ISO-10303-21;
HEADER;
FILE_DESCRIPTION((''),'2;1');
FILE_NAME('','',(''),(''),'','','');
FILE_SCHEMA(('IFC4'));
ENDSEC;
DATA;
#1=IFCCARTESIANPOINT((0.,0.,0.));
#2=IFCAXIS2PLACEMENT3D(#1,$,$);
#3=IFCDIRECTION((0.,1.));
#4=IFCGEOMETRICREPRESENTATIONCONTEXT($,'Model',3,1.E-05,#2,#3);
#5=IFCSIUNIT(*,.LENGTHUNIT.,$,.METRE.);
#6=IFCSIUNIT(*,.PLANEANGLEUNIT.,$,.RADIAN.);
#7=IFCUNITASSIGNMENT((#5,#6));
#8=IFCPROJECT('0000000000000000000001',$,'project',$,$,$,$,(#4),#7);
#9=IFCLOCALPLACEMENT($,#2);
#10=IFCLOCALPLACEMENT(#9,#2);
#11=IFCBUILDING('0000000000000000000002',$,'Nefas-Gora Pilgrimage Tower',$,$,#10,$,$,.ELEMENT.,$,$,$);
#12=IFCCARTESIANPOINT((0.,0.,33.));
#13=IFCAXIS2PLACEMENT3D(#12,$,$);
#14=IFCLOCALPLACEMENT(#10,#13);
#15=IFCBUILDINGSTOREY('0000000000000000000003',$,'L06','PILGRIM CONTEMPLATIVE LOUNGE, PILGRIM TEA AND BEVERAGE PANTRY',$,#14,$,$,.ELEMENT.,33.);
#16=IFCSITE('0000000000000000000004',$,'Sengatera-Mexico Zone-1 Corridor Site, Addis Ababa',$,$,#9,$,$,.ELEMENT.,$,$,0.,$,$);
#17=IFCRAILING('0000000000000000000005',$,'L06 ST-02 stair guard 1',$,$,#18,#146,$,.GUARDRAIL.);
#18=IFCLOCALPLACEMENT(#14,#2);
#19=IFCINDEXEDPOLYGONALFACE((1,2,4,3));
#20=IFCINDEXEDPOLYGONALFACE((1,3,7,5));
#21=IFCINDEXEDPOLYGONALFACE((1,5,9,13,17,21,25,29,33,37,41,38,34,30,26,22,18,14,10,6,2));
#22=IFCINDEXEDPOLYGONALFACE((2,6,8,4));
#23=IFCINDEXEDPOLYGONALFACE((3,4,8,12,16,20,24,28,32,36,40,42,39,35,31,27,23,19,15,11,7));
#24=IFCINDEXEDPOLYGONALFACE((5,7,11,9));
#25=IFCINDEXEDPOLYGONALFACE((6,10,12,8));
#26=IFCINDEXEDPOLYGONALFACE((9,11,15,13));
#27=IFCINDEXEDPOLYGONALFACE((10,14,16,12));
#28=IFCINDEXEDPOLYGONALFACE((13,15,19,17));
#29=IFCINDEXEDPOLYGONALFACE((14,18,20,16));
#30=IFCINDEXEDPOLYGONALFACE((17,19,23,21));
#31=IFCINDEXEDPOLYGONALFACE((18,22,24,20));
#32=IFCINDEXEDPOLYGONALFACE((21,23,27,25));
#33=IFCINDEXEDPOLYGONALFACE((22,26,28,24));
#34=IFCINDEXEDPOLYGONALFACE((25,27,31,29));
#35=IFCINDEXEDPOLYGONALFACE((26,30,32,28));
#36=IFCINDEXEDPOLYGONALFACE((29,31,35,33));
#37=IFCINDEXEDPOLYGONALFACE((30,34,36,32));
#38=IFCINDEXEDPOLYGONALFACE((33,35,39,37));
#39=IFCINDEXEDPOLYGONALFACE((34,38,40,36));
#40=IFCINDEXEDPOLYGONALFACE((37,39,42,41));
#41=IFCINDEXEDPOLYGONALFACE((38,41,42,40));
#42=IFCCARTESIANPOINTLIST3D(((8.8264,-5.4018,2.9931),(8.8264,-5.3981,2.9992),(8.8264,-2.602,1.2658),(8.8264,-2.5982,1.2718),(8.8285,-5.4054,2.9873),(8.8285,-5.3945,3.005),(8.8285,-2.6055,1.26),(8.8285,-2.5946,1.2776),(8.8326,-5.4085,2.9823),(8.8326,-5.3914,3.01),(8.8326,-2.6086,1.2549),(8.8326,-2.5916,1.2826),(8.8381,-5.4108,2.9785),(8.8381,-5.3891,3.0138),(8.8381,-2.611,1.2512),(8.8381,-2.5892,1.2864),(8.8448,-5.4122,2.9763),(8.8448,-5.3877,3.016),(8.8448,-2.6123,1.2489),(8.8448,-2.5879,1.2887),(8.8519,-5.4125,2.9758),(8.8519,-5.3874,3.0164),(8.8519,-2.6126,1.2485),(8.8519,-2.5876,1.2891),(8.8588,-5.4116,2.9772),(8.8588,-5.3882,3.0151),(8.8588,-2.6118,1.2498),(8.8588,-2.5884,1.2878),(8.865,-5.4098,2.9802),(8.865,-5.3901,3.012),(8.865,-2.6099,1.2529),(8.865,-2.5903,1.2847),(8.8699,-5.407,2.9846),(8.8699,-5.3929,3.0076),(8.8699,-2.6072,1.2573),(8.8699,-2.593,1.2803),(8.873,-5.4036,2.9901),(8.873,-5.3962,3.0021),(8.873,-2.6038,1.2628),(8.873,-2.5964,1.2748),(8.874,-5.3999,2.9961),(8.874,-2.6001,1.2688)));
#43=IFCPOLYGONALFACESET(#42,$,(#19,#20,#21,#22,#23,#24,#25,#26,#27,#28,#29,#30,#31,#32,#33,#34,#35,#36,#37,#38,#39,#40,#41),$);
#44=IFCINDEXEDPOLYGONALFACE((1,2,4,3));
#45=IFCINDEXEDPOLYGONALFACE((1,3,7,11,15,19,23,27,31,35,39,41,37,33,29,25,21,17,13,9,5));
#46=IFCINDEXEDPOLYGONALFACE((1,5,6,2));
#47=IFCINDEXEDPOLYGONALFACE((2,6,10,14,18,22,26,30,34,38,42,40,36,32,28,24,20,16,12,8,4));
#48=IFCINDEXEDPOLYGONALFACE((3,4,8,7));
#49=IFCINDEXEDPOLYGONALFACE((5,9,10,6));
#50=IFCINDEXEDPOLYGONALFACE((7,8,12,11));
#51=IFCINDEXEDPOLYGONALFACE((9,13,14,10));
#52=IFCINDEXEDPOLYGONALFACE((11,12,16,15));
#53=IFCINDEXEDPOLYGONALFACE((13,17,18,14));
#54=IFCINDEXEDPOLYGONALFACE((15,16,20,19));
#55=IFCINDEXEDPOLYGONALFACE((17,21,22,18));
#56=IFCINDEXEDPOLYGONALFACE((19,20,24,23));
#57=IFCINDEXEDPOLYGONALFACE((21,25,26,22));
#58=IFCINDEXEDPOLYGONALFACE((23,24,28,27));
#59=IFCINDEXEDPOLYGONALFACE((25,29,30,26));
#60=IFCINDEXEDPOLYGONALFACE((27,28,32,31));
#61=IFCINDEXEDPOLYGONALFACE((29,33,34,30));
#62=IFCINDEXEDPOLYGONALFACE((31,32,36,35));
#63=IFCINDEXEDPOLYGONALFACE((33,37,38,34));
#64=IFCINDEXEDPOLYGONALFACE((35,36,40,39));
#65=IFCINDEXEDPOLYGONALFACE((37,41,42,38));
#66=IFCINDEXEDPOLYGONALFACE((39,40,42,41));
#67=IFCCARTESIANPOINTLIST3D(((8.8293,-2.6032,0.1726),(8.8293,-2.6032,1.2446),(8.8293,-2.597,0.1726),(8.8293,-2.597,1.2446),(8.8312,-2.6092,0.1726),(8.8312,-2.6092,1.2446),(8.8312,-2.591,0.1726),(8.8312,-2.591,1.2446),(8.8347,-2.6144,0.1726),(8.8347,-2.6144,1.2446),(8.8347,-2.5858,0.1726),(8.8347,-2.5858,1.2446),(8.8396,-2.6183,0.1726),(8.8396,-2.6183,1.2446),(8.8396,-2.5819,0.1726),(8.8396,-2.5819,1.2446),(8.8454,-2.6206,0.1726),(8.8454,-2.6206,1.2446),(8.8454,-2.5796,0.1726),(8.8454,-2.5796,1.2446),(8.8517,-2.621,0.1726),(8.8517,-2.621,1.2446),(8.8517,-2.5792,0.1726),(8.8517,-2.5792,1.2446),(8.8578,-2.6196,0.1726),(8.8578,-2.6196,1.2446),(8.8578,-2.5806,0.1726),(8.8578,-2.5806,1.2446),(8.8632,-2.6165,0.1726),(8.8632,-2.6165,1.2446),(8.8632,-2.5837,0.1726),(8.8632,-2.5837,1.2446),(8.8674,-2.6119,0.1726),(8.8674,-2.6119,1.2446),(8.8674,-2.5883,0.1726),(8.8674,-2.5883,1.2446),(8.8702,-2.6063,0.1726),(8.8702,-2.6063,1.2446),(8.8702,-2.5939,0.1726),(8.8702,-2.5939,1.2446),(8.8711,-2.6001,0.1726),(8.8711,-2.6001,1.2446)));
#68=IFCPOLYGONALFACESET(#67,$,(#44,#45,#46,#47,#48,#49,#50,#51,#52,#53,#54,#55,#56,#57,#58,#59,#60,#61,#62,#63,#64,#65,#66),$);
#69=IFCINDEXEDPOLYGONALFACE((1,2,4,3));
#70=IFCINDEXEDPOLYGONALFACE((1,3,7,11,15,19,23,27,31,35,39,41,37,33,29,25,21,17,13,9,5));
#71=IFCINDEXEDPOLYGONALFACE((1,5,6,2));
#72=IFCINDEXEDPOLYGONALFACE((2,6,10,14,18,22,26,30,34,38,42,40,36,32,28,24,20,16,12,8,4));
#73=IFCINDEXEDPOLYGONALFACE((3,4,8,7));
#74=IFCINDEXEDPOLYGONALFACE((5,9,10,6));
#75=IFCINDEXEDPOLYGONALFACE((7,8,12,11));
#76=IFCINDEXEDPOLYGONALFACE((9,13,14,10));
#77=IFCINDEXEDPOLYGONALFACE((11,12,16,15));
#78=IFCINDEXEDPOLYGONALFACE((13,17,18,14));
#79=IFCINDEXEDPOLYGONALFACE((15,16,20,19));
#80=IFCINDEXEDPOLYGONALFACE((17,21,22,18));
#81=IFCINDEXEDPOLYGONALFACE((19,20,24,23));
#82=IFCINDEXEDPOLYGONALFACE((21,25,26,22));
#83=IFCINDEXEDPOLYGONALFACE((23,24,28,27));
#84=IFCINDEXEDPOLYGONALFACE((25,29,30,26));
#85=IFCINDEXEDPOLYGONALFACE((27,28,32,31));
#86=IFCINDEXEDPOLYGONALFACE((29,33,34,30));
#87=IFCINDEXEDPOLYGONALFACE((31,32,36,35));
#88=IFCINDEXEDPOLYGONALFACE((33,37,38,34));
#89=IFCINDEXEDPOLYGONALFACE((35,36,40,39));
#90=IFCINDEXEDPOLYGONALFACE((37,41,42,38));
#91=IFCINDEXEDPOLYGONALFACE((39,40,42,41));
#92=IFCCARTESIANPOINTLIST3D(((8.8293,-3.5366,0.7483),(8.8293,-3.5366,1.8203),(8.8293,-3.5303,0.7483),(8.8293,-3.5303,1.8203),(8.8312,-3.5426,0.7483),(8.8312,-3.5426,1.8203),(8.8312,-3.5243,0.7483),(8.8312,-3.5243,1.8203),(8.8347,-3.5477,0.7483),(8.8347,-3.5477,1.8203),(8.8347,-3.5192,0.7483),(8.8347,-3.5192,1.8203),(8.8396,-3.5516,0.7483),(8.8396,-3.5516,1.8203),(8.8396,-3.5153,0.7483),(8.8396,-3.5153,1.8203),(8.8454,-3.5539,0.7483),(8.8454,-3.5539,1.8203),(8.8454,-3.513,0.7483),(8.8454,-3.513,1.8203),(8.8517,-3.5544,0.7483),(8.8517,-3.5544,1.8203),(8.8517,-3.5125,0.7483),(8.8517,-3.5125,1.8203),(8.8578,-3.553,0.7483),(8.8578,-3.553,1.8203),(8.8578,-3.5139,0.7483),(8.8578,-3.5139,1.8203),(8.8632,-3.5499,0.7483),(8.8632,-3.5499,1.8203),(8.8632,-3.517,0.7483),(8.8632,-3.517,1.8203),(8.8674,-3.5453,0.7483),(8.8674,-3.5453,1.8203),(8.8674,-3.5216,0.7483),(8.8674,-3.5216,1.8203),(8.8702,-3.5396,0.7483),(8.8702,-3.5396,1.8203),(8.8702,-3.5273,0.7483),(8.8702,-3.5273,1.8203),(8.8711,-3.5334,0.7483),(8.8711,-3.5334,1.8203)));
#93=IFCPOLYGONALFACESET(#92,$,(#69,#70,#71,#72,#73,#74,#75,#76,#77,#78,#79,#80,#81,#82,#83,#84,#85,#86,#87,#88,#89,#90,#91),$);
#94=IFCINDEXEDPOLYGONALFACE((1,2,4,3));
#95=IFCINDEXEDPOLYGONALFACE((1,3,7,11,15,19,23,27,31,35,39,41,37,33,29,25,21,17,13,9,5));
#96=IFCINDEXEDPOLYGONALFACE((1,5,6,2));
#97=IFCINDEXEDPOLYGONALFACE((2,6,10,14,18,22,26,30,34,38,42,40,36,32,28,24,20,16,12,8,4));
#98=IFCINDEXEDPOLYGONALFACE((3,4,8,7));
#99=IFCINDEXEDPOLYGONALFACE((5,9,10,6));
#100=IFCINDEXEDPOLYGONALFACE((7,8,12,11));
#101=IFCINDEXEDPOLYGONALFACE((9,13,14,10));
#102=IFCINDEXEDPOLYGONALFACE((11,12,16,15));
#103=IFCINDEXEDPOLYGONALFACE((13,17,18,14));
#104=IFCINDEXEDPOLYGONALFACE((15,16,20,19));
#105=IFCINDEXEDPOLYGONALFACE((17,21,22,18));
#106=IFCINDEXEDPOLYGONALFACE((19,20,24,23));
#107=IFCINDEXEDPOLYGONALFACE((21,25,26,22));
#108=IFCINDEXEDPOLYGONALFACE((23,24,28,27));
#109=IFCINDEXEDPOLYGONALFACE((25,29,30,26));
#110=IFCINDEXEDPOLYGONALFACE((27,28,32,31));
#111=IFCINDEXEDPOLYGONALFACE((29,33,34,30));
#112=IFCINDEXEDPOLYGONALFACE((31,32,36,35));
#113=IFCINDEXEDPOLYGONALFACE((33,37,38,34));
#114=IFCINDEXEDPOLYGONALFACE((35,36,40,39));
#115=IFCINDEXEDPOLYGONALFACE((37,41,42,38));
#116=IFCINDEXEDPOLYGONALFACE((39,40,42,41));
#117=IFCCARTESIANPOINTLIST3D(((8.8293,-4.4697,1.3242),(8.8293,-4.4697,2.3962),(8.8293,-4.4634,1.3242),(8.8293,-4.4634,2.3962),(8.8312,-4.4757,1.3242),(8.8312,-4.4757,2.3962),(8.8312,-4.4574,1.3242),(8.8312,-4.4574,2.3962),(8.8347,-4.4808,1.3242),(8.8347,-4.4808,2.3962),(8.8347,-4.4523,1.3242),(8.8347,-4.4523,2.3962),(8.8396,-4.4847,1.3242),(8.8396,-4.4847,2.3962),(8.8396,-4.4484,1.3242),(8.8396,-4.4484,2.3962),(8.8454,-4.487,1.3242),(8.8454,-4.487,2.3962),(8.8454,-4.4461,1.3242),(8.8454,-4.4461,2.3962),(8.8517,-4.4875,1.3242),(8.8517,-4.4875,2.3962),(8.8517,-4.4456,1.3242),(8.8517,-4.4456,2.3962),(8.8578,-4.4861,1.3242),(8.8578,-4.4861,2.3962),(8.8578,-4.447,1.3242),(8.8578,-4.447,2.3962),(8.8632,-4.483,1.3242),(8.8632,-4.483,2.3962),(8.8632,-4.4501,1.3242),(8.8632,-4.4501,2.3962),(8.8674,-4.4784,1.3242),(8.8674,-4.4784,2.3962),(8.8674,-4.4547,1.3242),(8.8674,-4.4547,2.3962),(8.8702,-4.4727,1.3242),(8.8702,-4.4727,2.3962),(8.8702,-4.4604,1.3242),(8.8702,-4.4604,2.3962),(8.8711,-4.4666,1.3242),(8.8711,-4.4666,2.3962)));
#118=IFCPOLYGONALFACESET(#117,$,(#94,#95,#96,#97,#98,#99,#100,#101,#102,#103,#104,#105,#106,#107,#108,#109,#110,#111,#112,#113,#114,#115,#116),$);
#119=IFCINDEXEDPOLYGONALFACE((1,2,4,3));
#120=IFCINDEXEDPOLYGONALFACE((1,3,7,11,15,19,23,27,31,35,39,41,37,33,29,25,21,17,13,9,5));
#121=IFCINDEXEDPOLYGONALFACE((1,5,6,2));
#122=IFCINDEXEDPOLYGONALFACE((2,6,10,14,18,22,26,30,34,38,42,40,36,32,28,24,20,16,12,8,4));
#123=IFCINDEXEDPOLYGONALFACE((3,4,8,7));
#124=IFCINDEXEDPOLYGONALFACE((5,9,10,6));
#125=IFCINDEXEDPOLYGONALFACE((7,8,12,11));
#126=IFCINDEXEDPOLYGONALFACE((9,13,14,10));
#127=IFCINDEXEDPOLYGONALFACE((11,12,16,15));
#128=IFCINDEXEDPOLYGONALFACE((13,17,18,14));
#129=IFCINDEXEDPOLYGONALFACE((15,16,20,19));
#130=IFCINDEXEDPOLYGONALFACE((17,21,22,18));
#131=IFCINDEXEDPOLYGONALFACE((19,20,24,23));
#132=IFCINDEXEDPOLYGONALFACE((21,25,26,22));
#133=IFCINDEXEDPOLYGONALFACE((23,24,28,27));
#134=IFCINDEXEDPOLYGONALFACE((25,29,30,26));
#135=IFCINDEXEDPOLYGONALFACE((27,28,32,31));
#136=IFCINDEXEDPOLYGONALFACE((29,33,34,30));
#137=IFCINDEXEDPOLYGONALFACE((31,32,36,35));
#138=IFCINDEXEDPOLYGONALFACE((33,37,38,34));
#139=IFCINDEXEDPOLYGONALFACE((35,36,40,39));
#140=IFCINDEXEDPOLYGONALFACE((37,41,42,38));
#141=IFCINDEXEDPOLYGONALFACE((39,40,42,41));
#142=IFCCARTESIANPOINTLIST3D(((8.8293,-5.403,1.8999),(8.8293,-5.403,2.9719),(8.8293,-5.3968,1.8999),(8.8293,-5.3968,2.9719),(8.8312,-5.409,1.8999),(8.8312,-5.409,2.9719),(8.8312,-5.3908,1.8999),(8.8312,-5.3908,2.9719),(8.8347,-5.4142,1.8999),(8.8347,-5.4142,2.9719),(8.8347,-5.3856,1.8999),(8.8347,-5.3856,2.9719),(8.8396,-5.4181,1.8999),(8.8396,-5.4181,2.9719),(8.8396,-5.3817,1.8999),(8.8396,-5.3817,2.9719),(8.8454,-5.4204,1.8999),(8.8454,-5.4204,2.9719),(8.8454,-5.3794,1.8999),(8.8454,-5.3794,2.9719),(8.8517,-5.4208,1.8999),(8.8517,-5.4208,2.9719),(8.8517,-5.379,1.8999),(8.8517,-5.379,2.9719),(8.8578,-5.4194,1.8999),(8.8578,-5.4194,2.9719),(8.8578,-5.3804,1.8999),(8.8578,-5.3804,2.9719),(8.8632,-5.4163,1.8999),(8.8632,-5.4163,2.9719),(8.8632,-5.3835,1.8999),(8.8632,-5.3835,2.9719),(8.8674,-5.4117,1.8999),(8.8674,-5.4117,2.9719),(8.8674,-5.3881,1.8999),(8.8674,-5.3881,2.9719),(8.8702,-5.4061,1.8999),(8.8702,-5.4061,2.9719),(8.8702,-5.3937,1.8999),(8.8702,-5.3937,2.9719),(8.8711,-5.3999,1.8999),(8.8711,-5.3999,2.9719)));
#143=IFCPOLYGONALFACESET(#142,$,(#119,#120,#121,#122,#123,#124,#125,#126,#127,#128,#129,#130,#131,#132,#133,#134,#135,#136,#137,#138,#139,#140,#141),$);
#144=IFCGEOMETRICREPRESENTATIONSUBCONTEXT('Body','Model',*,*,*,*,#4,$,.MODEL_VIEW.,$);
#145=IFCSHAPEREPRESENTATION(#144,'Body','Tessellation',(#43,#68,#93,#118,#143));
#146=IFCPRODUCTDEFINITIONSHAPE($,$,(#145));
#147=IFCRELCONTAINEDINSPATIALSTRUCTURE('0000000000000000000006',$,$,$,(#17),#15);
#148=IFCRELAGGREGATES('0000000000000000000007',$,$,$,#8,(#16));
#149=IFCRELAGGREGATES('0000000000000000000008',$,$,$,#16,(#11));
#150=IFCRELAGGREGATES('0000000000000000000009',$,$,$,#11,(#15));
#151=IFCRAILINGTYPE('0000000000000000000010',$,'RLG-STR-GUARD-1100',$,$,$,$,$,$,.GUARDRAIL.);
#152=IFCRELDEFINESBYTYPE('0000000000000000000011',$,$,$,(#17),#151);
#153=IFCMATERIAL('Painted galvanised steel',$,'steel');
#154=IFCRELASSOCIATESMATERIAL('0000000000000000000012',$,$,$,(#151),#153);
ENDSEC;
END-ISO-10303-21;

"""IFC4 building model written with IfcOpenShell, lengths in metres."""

from ifc_helpers import new_model, si_unit, direction, frame, origin, origin_2d, place, context, subcontext, project, spatial, circle, extrude, material, type_object, element, save


model = new_model("IFC4")

# Units and contexts
model_context = context("Model", 3, precision=1e-05, world=origin(), true_north=direction((0.0, 1.0)))
body_context = subcontext(model_context, "Body", "Model", "MODEL_VIEW")
ifc_project = project(units=[si_unit("LENGTHUNIT", "METRE"), si_unit("PLANEANGLEUNIT", "RADIAN")], contexts=[model_context])

# Site, building, storey
site_placement = place(None, origin())
site = spatial("IfcSite", under=ifc_project, at=site_placement, Name="Sengatera-Mexico Zone-1 Corridor Site, Addis Ababa", CompositionType="ELEMENT", RefElevation=0.0)
building_placement = place(site_placement, origin())
building = spatial("IfcBuilding", under=site, at=building_placement, Name="Nefas-Gora Pilgrimage Tower", CompositionType="ELEMENT")
storey_placement = place(building_placement, frame((0.0, 0.0, 33.0)))
storey = spatial("IfcBuildingStorey", under=building, at=storey_placement, Name="L06", Description="PILGRIM CONTEMPLATIVE LOUNGE, PILGRIM TEA AND BEVERAGE PANTRY", CompositionType="ELEMENT", Elevation=33.0)

# Railing
ifc_material_1 = material(Name="Painted galvanised steel", Category="steel")
railing_type_1 = type_object("IfcRailingType", Name="RLG-STR-GUARD-1100", PredefinedType="GUARDRAIL", material=ifc_material_1)
railing_1_placement = place(storey_placement, frame((8.8501, -2.6001, 0.1726)))
element("IfcRailing", 1, at=railing_1_placement, inside=storey, type_object=railing_type_1, Name="L06 ST-02 stair guard 1", PredefinedType="GUARDRAIL", context=body_context, shape_type="SweptSolid", body=[
    extrude(circle(Radius=0.0239, at=origin_2d()), frame((0.0, 0.0, 1.0962), z_axis=(0.0, -0.851069, 0.525054), x_axis=(1.0, 0.0, 0.0)), (0.0, 0.0, 1.0), 3.2898),
    extrude(circle(Radius=0.021, at=origin_2d()), origin(), (0.0, 0.0, 1.0), 1.072),
    extrude(circle(Radius=0.021, at=origin_2d()), frame((0.0, -0.9333, 0.5757)), (0.0, 0.0, 1.0), 1.072),
    extrude(circle(Radius=0.021, at=origin_2d()), frame((0.0, -1.8665, 1.1516)), (0.0, 0.0, 1.0), 1.072),
    extrude(circle(Radius=0.021, at=origin_2d()), frame((0.0, -2.7998, 1.7273)), (0.0, 0.0, 1.0), 1.072),
])

save(model, "model.ifc")
